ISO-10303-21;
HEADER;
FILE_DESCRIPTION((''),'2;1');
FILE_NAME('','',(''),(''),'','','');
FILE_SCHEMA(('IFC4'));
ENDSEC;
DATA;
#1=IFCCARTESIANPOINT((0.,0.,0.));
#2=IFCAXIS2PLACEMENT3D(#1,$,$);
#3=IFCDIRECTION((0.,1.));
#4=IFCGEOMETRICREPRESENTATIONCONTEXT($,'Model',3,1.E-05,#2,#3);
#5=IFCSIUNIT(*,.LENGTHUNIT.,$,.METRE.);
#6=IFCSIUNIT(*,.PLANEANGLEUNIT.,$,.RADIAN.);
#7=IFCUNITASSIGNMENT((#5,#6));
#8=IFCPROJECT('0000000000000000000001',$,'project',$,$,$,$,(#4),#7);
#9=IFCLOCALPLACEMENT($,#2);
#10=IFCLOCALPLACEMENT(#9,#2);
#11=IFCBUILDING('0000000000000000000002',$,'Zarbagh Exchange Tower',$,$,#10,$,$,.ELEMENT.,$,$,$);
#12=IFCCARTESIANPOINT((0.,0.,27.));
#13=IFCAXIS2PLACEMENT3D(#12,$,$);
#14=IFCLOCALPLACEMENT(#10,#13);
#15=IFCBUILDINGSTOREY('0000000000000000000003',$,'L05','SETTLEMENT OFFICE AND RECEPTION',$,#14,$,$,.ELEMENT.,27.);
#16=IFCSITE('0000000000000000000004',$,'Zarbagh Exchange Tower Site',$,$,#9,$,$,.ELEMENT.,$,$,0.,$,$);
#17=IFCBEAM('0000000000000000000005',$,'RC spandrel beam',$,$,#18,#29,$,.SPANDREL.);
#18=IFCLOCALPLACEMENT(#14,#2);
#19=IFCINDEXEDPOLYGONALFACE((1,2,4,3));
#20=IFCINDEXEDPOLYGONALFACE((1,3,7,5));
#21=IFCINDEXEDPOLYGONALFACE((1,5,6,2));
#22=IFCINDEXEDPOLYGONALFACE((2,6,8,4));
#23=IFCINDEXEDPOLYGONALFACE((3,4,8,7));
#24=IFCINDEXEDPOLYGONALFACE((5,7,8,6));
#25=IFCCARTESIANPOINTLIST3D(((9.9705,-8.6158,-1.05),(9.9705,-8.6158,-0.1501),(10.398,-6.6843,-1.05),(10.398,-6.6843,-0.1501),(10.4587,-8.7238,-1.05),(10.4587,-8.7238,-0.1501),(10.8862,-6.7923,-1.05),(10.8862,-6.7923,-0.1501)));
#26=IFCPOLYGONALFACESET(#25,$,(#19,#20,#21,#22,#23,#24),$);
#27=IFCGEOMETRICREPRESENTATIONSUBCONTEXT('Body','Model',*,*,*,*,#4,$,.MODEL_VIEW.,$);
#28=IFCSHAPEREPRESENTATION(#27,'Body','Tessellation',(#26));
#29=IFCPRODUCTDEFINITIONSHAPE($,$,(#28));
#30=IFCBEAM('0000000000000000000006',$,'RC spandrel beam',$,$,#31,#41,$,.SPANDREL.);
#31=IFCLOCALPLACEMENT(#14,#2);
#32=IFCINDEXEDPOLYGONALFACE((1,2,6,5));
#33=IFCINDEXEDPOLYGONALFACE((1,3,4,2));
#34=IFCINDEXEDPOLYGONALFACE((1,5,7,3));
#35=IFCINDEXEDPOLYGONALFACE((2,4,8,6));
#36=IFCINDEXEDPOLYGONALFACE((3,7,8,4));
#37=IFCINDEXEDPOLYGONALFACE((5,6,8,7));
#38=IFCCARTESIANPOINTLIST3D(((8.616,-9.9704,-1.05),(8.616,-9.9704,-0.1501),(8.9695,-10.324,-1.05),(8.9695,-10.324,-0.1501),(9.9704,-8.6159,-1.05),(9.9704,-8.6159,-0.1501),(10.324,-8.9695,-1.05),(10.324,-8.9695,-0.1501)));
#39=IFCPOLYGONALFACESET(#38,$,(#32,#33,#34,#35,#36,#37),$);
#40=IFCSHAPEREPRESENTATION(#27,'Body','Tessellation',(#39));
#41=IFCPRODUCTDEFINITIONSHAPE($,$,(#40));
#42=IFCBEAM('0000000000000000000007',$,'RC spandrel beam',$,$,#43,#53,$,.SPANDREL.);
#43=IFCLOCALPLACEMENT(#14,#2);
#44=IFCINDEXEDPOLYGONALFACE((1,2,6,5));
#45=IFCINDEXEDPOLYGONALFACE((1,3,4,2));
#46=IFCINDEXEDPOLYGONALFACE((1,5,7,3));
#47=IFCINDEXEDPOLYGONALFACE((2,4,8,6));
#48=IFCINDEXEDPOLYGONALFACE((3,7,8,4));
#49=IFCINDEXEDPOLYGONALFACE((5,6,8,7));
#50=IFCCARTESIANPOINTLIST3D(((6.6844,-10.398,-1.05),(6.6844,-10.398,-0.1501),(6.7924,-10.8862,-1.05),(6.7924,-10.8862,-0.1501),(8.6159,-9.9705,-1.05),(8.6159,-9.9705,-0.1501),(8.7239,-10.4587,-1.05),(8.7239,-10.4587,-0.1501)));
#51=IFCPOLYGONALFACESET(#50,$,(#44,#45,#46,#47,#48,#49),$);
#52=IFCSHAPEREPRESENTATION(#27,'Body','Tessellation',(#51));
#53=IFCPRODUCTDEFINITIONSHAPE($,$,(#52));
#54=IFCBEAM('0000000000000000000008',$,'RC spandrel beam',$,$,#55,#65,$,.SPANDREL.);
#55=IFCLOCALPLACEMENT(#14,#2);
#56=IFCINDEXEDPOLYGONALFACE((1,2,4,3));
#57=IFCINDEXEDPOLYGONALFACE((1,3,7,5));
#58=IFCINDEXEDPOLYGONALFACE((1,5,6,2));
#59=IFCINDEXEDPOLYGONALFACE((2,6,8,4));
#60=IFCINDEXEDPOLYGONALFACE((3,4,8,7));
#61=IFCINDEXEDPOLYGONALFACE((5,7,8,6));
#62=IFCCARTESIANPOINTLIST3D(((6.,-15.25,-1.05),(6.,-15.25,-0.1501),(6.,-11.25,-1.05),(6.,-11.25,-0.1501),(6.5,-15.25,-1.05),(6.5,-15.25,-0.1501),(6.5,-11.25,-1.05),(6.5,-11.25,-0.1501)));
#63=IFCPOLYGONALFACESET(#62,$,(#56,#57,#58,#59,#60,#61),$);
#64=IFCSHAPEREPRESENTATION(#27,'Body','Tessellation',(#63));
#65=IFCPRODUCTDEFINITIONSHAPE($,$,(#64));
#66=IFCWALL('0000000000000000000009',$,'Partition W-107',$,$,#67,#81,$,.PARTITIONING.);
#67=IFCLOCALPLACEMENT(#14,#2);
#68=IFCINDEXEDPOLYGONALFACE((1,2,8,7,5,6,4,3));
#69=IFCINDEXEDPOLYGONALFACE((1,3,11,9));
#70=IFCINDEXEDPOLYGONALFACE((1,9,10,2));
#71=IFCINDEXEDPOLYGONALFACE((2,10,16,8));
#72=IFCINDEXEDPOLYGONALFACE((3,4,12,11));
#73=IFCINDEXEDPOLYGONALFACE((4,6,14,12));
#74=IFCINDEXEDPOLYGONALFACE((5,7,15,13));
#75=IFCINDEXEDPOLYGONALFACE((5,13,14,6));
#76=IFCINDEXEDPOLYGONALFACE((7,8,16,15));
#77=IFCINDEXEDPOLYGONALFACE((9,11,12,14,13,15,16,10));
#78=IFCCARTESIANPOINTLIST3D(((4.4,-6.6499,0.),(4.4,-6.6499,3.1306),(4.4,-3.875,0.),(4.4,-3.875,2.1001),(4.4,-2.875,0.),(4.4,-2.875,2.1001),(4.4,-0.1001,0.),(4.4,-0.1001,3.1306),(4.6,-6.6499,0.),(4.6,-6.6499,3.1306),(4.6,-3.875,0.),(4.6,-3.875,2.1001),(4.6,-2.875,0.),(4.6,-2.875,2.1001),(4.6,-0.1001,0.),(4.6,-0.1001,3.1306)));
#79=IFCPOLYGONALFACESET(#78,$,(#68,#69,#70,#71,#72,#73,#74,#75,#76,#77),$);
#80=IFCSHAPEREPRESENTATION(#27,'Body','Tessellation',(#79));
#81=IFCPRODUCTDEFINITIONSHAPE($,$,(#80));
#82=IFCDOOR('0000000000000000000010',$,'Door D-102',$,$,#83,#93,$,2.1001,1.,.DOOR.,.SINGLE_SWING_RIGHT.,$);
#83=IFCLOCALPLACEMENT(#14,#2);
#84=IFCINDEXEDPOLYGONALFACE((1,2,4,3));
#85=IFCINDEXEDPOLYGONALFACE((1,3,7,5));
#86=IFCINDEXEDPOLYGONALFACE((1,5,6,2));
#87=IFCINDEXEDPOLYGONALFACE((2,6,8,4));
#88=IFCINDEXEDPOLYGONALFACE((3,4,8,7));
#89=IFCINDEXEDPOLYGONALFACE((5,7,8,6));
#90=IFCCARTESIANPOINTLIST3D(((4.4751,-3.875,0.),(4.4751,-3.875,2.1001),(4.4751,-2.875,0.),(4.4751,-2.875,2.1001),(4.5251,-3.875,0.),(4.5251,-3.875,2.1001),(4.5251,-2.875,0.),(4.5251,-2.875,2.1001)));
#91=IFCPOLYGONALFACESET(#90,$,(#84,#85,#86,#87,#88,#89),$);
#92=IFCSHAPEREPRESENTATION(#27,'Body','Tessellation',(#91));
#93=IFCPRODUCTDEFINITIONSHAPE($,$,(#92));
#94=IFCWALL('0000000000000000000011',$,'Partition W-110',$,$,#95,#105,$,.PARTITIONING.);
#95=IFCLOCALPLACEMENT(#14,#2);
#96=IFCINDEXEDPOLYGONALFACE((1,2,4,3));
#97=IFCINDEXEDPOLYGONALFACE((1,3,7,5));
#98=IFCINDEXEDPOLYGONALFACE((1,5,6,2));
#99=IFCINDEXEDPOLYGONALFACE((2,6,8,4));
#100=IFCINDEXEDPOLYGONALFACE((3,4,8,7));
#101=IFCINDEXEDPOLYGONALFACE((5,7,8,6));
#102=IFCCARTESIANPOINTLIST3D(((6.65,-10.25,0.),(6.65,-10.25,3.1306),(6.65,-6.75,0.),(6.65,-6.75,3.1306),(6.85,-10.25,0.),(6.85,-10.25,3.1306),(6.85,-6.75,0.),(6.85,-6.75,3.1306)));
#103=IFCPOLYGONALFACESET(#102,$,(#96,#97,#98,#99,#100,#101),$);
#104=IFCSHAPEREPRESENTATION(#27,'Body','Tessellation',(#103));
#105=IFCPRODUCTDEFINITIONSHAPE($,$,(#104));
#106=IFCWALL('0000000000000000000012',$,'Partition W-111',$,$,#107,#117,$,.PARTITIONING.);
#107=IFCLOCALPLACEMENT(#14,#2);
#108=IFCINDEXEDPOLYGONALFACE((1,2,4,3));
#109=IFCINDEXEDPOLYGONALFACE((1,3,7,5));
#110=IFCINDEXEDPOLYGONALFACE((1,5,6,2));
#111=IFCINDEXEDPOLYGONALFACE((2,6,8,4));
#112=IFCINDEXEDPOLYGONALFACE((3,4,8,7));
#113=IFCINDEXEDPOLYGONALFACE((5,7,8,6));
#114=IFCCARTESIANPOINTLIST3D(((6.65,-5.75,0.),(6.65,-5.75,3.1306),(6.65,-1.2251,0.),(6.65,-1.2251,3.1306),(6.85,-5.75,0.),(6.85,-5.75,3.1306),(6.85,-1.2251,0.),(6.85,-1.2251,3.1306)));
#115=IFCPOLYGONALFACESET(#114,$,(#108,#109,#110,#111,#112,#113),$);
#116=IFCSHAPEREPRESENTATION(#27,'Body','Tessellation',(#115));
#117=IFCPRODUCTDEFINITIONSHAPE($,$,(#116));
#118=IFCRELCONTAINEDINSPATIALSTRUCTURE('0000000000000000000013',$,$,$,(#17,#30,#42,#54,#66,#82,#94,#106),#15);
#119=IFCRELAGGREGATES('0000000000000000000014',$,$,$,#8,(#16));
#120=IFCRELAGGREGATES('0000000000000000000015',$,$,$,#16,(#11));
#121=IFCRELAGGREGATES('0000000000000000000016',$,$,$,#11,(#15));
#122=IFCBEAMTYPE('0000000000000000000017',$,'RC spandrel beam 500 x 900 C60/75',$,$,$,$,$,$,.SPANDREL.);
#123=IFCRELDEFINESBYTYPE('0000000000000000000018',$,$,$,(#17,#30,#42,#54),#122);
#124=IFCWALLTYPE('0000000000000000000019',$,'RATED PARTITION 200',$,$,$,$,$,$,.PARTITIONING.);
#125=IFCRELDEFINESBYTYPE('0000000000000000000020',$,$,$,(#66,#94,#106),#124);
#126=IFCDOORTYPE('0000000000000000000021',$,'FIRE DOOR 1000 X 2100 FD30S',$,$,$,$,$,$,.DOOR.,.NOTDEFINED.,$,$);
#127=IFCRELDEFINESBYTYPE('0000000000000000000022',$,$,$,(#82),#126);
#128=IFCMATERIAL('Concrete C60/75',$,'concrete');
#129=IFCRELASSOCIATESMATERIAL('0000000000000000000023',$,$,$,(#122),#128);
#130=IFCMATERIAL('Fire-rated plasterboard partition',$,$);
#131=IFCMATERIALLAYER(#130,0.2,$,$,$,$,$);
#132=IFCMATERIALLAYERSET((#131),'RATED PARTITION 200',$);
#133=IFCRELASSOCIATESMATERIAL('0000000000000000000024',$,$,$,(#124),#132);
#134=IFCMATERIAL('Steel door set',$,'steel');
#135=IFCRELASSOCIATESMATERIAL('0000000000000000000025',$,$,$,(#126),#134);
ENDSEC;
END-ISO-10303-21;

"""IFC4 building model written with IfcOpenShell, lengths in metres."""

from ifc_helpers import new_model, si_unit, direction, frame, frame_2d, origin, origin_2d, place, context, subcontext, project, spatial, rectangle, extrude, material, layer, layer_set, material_profile, profile_set, type_object, element, fill, save


model = new_model("IFC4")

# Units and contexts
model_context = context("Model", 3, precision=1e-05, world=origin(), true_north=direction((0.0, 1.0)))
body_context = subcontext(model_context, "Body", "Model", "MODEL_VIEW")
ifc_project = project(units=[si_unit("LENGTHUNIT", "METRE"), si_unit("PLANEANGLEUNIT", "RADIAN")], contexts=[model_context])

# Site, building, storey
site_placement = place(None, origin())
site = spatial("IfcSite", under=ifc_project, at=site_placement, Name="Zarbagh Exchange Tower Site", CompositionType="ELEMENT", RefElevation=0.0)
building_placement = place(site_placement, origin())
building = spatial("IfcBuilding", under=site, at=building_placement, Name="Zarbagh Exchange Tower", CompositionType="ELEMENT")
storey_placement = place(building_placement, frame((0.0, 0.0, 27.0)))
storey = spatial("IfcBuildingStorey", under=building, at=storey_placement, Name="L05", Description="SETTLEMENT OFFICE AND RECEPTION", CompositionType="ELEMENT", Elevation=27.0)

# Shared definitions
ifc_material_1 = material(Name="Concrete C60/75", Category="concrete")

# Beams
ifc_material_profile_1 = material_profile(ifc_material_1, rectangle(XDim=0.5, YDim=0.8999, at=origin_2d()), Name="RC spandrel beam 500 x 900 C60/75")
ifc_profile_set_1 = profile_set([ifc_material_profile_1], Name="Concrete C60/75")
beam_type_1 = type_object("IfcBeamType", Name="RC spandrel beam 500 x 900 C60/75", PredefinedType="SPANDREL", material=ifc_profile_set_1)
beam_1_placement = place(storey_placement, frame((10.6421, -6.7383, -0.6001), z_axis=(-0.216081, -0.976375, 0.0), x_axis=(0.976375, -0.216081, 0.0)))
element("IfcBeam", 1, at=beam_1_placement, inside=storey, type_object=beam_type_1, Name="RC spandrel beam", PredefinedType="SPANDREL", context=body_context, shape_type="SweptSolid", body=[
    extrude(rectangle(XDim=0.5, YDim=0.8999, at=origin_2d()), origin(), (0.0, 0.0, 1.0), 1.9783),
])
beam_2_placement = place(storey_placement, frame((10.1472, -8.7927, -0.6001), z_axis=(-0.707107, -0.707107, 0.0), x_axis=(0.707107, -0.707107, 0.0)))
element("IfcBeam", 2, at=beam_2_placement, inside=storey, type_object=beam_type_1, Name="RC spandrel beam", PredefinedType="SPANDREL", context=body_context, shape_type="SweptSolid", body=[
    extrude(rectangle(XDim=0.5, YDim=0.8999, at=origin_2d()), origin(), (0.0, 0.0, 1.0), 1.9155),
])
beam_3_placement = place(storey_placement, frame((8.6699, -10.2146, -0.6001), z_axis=(-0.976375, -0.216081, 0.0), x_axis=(0.216081, -0.976375, 0.0)))
element("IfcBeam", 3, at=beam_3_placement, inside=storey, type_object=beam_type_1, Name="RC spandrel beam", PredefinedType="SPANDREL", context=body_context, shape_type="SweptSolid", body=[
    extrude(rectangle(XDim=0.5, YDim=0.8999, at=origin_2d()), origin(), (0.0, 0.0, 1.0), 1.9783),
])
beam_4_placement = place(storey_placement, frame((6.25, -11.25, -0.6001), z_axis=(0.0, -1.0, 0.0), x_axis=(1.0, 0.0, 0.0)))
element("IfcBeam", 4, at=beam_4_placement, inside=storey, type_object=beam_type_1, Name="RC spandrel beam", PredefinedType="SPANDREL", context=body_context, shape_type="SweptSolid", body=[
    extrude(rectangle(XDim=0.5, YDim=0.8999, at=origin_2d()), origin(), (0.0, 0.0, 1.0), 4.0),
])

# Wall, opening, door
ifc_material_2 = material(Name="Fire-rated plasterboard partition")
ifc_layer_1 = layer(ifc_material_2, 0.2)
ifc_layer_set_1 = layer_set([ifc_layer_1], Name="RATED PARTITION 200")
wall_type_1 = type_object("IfcWallType", Name="RATED PARTITION 200", PredefinedType="PARTITIONING", material=ifc_layer_set_1)
wall_1_placement = place(storey_placement, frame((4.5, -6.6499, 0.0), z_axis=(0.0, 0.0, 1.0), x_axis=(0.0, 1.0, 0.0)))
wall_1 = element("IfcWall", 5, at=wall_1_placement, inside=storey, type_object=wall_type_1, Name="Partition W-107", PredefinedType="PARTITIONING", context=body_context, shape_type="SweptSolid", body=[
    extrude(rectangle(XDim=6.5498, YDim=0.2, at=frame_2d((3.2749, 0.0))), origin(), (0.0, 0.0, 1.0), 3.1306),
])
opening_1_placement = place(wall_1_placement, frame((2.7749, 0.0, 0.0)))
opening_1 = element("IfcOpeningElement", 6, at=opening_1_placement, cuts=wall_1, PredefinedType="OPENING", context=body_context, shape_type="SweptSolid", body=[
    extrude(rectangle(XDim=1.0, YDim=2.1001, at=frame_2d((0.5, 1.05))), frame((0.0, 0.1099, 0.0), z_axis=(0.0, -1.0, 0.0), x_axis=(1.0, 0.0, 0.0)), (0.0, 0.0, 1.0), 0.22),
])
ifc_material_3 = material(Name="Steel door set", Category="steel")
door_type_1 = type_object("IfcDoorType", Name="FIRE DOOR 1000 X 2100 FD30S", OperationType="NOTDEFINED", PredefinedType="DOOR", material=ifc_material_3)
door_1_placement = place(opening_1_placement, origin())
door_1 = element("IfcDoor", 7, at=door_1_placement, inside=storey, type_object=door_type_1, Name="Door D-102", OperationType="SINGLE_SWING_RIGHT", OverallHeight=2.1001, OverallWidth=1.0, PredefinedType="DOOR", context=body_context, shape_type="SweptSolid", body=[
    extrude(rectangle(XDim=1.0, YDim=2.1001, at=frame_2d((0.5, 1.05))), frame((0.0, 0.0249, 0.0), z_axis=(0.0, -1.0, 0.0), x_axis=(1.0, 0.0, 0.0)), (0.0, 0.0, 1.0), 0.05),
])
fill(opening_1, door_1)

# Walls
wall_2_placement = place(storey_placement, frame((6.75, -10.25, 0.0), z_axis=(0.0, 0.0, 1.0), x_axis=(0.0, 1.0, 0.0)))
element("IfcWall", 8, at=wall_2_placement, inside=storey, type_object=wall_type_1, Name="Partition W-110", PredefinedType="PARTITIONING", context=body_context, shape_type="SweptSolid", body=[
    extrude(rectangle(XDim=3.5, YDim=0.2, at=frame_2d((1.75, 0.0))), origin(), (0.0, 0.0, 1.0), 3.1306),
])
wall_3_placement = place(storey_placement, frame((6.75, -5.75, 0.0), z_axis=(0.0, 0.0, 1.0), x_axis=(0.0, 1.0, 0.0)))
element("IfcWall", 9, at=wall_3_placement, inside=storey, type_object=wall_type_1, Name="Partition W-111", PredefinedType="PARTITIONING", context=body_context, shape_type="SweptSolid", body=[
    extrude(rectangle(XDim=4.5249, YDim=0.2, at=frame_2d((2.2625, 0.0))), origin(), (0.0, 0.0, 1.0), 3.1306),
])

save(model, "model.ifc")
